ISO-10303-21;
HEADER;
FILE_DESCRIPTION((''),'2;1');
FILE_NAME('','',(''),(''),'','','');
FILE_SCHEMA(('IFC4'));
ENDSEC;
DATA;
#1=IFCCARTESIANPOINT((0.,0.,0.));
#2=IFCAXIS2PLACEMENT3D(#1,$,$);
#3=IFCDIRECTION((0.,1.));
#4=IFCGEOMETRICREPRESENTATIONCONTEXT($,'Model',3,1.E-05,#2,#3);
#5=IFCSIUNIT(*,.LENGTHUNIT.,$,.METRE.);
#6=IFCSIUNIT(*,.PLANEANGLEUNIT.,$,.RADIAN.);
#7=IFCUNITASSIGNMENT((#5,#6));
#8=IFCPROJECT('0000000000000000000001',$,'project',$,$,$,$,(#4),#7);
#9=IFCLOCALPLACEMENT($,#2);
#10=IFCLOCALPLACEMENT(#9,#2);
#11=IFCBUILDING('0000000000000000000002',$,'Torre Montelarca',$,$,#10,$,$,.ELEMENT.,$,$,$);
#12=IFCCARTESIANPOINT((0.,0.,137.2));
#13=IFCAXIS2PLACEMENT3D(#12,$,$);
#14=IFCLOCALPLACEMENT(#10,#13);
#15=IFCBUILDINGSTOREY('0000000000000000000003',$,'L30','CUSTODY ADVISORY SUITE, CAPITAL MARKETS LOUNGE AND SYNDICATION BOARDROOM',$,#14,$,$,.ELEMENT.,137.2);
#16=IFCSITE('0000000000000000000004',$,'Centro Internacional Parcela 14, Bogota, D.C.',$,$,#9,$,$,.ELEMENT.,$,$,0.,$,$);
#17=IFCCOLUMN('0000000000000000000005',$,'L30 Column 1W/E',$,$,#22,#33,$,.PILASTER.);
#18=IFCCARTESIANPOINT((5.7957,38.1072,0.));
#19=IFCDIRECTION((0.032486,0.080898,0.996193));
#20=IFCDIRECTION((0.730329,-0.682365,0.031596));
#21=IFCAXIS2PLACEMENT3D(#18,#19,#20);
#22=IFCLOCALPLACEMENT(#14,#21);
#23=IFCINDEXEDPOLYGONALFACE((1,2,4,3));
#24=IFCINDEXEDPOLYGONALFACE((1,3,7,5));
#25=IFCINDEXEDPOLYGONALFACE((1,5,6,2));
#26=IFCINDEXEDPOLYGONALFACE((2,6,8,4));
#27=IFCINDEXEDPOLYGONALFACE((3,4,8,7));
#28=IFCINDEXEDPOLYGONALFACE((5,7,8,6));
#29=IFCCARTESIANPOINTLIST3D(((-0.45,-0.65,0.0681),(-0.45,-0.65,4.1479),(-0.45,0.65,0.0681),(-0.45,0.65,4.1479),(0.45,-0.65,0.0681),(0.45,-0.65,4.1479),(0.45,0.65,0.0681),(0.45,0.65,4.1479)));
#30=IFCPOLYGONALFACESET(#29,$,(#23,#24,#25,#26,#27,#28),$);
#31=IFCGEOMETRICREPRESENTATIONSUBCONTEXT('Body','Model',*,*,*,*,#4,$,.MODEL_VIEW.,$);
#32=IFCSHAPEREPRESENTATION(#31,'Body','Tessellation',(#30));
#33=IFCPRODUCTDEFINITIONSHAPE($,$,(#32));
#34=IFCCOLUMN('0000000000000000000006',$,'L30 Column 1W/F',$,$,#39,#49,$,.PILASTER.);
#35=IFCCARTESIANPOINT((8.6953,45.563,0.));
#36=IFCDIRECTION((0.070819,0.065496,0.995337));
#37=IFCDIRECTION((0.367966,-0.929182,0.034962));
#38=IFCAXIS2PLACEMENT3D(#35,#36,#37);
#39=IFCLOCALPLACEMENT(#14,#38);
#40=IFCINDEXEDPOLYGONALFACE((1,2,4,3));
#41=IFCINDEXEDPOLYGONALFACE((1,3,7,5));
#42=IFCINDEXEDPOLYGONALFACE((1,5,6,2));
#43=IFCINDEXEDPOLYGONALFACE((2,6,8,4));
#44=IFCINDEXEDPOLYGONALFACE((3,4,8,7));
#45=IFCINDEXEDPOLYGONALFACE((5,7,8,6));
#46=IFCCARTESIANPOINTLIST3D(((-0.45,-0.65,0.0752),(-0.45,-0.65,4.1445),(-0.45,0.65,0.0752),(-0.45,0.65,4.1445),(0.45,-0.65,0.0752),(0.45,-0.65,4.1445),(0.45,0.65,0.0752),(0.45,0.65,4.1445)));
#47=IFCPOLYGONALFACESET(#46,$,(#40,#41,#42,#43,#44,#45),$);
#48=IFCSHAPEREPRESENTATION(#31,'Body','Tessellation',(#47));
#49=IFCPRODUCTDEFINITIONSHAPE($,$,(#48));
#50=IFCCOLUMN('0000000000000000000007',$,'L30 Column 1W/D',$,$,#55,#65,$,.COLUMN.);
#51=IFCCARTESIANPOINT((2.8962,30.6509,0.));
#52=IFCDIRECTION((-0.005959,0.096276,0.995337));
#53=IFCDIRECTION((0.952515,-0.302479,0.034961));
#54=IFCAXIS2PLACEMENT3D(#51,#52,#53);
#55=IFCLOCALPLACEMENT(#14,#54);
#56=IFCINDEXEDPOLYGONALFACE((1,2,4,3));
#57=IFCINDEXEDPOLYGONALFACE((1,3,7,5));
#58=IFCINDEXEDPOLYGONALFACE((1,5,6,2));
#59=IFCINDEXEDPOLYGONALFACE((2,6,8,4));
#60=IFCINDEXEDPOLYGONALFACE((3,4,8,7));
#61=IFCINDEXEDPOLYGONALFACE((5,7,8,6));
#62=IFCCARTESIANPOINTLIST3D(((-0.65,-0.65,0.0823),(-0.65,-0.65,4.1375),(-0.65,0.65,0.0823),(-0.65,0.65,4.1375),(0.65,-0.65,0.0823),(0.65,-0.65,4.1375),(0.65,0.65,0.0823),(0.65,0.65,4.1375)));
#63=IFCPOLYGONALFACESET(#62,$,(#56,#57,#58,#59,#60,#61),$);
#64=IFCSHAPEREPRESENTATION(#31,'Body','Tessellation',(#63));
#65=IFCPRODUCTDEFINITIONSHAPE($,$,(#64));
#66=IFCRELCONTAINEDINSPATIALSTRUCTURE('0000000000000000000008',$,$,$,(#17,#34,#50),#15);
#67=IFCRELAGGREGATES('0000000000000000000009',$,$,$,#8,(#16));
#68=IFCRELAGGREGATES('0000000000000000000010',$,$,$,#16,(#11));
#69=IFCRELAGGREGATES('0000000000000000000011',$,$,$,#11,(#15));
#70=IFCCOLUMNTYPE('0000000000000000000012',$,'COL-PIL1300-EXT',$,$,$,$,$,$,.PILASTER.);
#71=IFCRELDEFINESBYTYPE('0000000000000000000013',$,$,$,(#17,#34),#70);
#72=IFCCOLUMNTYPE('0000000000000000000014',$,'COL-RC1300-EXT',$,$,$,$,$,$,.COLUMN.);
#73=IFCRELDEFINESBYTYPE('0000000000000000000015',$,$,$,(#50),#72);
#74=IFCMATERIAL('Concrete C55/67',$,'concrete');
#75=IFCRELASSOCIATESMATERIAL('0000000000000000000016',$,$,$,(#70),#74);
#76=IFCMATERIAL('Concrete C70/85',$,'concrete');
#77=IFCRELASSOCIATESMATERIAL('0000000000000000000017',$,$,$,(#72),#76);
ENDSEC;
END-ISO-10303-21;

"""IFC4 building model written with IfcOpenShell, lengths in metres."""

from ifc_helpers import new_model, si_unit, direction, frame, origin, origin_2d, place, context, subcontext, project, spatial, rectangle, extrude, clip, halfspace, material, material_profile, profile_set, type_object, element, save


model = new_model("IFC4")

# Units and contexts
model_context = context("Model", 3, precision=1e-05, world=origin(), true_north=direction((0.0, 1.0)))
body_context = subcontext(model_context, "Body", "Model", "MODEL_VIEW")
ifc_project = project(units=[si_unit("LENGTHUNIT", "METRE"), si_unit("PLANEANGLEUNIT", "RADIAN")], contexts=[model_context])

# Site, building, storey
site_placement = place(None, origin())
site = spatial("IfcSite", under=ifc_project, at=site_placement, Name="Centro Internacional Parcela 14, Bogota, D.C.", CompositionType="ELEMENT", RefElevation=0.0)
building_placement = place(site_placement, origin())
building = spatial("IfcBuilding", under=site, at=building_placement, Name="Torre Montelarca", CompositionType="ELEMENT")
storey_placement = place(building_placement, frame((0.0, 0.0, 137.2)))
storey = spatial("IfcBuildingStorey", under=building, at=storey_placement, Name="L30", Description="CUSTODY ADVISORY SUITE, CAPITAL MARKETS LOUNGE AND SYNDICATION BOARDROOM", CompositionType="ELEMENT", Elevation=137.2)

# Columns
ifc_material_1 = material(Name="Concrete C55/67", Category="concrete")
ifc_material_profile_1 = material_profile(ifc_material_1, rectangle(XDim=0.8999, YDim=1.3, at=origin_2d()), Name="RC1300X900", Category="concrete")
ifc_profile_set_1 = profile_set([ifc_material_profile_1], Name="Concrete C55/67")
column_type_1 = type_object("IfcColumnType", Name="COL-PIL1300-EXT", PredefinedType="PILASTER", material=ifc_profile_set_1)
column_1_placement = place(storey_placement, frame((5.7957, 38.1072, 0.0), z_axis=(0.032486, 0.080898, 0.996193), x_axis=(0.730329, -0.682365, 0.031596)))
element("IfcColumn", 1, at=column_1_placement, inside=storey, type_object=column_type_1, Name="L30 Column 1W/E", PredefinedType="PILASTER", context=body_context, shape_type="Clipping", body=[
    clip(clip(extrude(rectangle(XDim=0.8999, YDim=1.3, at=origin_2d()), origin(), (0.0, 0.0, 1.0), 4.2161), halfspace(frame((0.0, 0.0, 0.0681), z_axis=(0.0, 0.0, -1.0), x_axis=(1.0, 0.0, 0.0)), False)), halfspace(frame((0.0, 0.0, 4.1479), z_axis=(0.0, 0.0, 1.0), x_axis=(1.0, 0.0, 0.0)), False)),
])
column_2_placement = place(storey_placement, frame((8.6953, 45.563, 0.0), z_axis=(0.070819, 0.065496, 0.995337), x_axis=(0.367966, -0.929182, 0.034962)))
element("IfcColumn", 2, at=column_2_placement, inside=storey, type_object=column_type_1, Name="L30 Column 1W/F", PredefinedType="PILASTER", context=body_context, shape_type="Clipping", body=[
    clip(clip(extrude(rectangle(XDim=0.8999, YDim=1.3, at=origin_2d()), origin(), (0.0, 0.0, 1.0), 4.2197), halfspace(frame((0.0, 0.0, 0.0752), z_axis=(0.0, 0.0, -1.0), x_axis=(1.0, 0.0, 0.0)), False)), halfspace(frame((0.0, 0.0, 4.1445), z_axis=(0.0, 0.0, 1.0), x_axis=(1.0, 0.0, 0.0)), False)),
])
ifc_material_2 = material(Name="Concrete C70/85", Category="concrete")
ifc_material_profile_2 = material_profile(ifc_material_2, rectangle(XDim=1.3, YDim=1.3, at=origin_2d()), Name="RC1300X1300", Category="concrete")
ifc_profile_set_2 = profile_set([ifc_material_profile_2], Name="Concrete C70/85")
column_type_2 = type_object("IfcColumnType", Name="COL-RC1300-EXT", PredefinedType="COLUMN", material=ifc_profile_set_2)
column_3_placement = place(storey_placement, frame((2.8962, 30.6509, 0.0), z_axis=(-0.005959, 0.096276, 0.995337), x_axis=(0.952515, -0.302479, 0.034961)))
element("IfcColumn", 3, at=column_3_placement, inside=storey, type_object=column_type_2, Name="L30 Column 1W/D", PredefinedType="COLUMN", context=body_context, shape_type="Clipping", body=[
    clip(clip(extrude(rectangle(XDim=1.3, YDim=1.3, at=origin_2d()), origin(), (0.0, 0.0, 1.0), 4.2197), halfspace(frame((0.0, 0.0, 0.0823), z_axis=(0.0, 0.0, -1.0), x_axis=(1.0, 0.0, 0.0)), False)), halfspace(frame((0.0, 0.0, 4.1375), z_axis=(0.0, 0.0, 1.0), x_axis=(1.0, 0.0, 0.0)), False)),
])

save(model, "model.ifc")
